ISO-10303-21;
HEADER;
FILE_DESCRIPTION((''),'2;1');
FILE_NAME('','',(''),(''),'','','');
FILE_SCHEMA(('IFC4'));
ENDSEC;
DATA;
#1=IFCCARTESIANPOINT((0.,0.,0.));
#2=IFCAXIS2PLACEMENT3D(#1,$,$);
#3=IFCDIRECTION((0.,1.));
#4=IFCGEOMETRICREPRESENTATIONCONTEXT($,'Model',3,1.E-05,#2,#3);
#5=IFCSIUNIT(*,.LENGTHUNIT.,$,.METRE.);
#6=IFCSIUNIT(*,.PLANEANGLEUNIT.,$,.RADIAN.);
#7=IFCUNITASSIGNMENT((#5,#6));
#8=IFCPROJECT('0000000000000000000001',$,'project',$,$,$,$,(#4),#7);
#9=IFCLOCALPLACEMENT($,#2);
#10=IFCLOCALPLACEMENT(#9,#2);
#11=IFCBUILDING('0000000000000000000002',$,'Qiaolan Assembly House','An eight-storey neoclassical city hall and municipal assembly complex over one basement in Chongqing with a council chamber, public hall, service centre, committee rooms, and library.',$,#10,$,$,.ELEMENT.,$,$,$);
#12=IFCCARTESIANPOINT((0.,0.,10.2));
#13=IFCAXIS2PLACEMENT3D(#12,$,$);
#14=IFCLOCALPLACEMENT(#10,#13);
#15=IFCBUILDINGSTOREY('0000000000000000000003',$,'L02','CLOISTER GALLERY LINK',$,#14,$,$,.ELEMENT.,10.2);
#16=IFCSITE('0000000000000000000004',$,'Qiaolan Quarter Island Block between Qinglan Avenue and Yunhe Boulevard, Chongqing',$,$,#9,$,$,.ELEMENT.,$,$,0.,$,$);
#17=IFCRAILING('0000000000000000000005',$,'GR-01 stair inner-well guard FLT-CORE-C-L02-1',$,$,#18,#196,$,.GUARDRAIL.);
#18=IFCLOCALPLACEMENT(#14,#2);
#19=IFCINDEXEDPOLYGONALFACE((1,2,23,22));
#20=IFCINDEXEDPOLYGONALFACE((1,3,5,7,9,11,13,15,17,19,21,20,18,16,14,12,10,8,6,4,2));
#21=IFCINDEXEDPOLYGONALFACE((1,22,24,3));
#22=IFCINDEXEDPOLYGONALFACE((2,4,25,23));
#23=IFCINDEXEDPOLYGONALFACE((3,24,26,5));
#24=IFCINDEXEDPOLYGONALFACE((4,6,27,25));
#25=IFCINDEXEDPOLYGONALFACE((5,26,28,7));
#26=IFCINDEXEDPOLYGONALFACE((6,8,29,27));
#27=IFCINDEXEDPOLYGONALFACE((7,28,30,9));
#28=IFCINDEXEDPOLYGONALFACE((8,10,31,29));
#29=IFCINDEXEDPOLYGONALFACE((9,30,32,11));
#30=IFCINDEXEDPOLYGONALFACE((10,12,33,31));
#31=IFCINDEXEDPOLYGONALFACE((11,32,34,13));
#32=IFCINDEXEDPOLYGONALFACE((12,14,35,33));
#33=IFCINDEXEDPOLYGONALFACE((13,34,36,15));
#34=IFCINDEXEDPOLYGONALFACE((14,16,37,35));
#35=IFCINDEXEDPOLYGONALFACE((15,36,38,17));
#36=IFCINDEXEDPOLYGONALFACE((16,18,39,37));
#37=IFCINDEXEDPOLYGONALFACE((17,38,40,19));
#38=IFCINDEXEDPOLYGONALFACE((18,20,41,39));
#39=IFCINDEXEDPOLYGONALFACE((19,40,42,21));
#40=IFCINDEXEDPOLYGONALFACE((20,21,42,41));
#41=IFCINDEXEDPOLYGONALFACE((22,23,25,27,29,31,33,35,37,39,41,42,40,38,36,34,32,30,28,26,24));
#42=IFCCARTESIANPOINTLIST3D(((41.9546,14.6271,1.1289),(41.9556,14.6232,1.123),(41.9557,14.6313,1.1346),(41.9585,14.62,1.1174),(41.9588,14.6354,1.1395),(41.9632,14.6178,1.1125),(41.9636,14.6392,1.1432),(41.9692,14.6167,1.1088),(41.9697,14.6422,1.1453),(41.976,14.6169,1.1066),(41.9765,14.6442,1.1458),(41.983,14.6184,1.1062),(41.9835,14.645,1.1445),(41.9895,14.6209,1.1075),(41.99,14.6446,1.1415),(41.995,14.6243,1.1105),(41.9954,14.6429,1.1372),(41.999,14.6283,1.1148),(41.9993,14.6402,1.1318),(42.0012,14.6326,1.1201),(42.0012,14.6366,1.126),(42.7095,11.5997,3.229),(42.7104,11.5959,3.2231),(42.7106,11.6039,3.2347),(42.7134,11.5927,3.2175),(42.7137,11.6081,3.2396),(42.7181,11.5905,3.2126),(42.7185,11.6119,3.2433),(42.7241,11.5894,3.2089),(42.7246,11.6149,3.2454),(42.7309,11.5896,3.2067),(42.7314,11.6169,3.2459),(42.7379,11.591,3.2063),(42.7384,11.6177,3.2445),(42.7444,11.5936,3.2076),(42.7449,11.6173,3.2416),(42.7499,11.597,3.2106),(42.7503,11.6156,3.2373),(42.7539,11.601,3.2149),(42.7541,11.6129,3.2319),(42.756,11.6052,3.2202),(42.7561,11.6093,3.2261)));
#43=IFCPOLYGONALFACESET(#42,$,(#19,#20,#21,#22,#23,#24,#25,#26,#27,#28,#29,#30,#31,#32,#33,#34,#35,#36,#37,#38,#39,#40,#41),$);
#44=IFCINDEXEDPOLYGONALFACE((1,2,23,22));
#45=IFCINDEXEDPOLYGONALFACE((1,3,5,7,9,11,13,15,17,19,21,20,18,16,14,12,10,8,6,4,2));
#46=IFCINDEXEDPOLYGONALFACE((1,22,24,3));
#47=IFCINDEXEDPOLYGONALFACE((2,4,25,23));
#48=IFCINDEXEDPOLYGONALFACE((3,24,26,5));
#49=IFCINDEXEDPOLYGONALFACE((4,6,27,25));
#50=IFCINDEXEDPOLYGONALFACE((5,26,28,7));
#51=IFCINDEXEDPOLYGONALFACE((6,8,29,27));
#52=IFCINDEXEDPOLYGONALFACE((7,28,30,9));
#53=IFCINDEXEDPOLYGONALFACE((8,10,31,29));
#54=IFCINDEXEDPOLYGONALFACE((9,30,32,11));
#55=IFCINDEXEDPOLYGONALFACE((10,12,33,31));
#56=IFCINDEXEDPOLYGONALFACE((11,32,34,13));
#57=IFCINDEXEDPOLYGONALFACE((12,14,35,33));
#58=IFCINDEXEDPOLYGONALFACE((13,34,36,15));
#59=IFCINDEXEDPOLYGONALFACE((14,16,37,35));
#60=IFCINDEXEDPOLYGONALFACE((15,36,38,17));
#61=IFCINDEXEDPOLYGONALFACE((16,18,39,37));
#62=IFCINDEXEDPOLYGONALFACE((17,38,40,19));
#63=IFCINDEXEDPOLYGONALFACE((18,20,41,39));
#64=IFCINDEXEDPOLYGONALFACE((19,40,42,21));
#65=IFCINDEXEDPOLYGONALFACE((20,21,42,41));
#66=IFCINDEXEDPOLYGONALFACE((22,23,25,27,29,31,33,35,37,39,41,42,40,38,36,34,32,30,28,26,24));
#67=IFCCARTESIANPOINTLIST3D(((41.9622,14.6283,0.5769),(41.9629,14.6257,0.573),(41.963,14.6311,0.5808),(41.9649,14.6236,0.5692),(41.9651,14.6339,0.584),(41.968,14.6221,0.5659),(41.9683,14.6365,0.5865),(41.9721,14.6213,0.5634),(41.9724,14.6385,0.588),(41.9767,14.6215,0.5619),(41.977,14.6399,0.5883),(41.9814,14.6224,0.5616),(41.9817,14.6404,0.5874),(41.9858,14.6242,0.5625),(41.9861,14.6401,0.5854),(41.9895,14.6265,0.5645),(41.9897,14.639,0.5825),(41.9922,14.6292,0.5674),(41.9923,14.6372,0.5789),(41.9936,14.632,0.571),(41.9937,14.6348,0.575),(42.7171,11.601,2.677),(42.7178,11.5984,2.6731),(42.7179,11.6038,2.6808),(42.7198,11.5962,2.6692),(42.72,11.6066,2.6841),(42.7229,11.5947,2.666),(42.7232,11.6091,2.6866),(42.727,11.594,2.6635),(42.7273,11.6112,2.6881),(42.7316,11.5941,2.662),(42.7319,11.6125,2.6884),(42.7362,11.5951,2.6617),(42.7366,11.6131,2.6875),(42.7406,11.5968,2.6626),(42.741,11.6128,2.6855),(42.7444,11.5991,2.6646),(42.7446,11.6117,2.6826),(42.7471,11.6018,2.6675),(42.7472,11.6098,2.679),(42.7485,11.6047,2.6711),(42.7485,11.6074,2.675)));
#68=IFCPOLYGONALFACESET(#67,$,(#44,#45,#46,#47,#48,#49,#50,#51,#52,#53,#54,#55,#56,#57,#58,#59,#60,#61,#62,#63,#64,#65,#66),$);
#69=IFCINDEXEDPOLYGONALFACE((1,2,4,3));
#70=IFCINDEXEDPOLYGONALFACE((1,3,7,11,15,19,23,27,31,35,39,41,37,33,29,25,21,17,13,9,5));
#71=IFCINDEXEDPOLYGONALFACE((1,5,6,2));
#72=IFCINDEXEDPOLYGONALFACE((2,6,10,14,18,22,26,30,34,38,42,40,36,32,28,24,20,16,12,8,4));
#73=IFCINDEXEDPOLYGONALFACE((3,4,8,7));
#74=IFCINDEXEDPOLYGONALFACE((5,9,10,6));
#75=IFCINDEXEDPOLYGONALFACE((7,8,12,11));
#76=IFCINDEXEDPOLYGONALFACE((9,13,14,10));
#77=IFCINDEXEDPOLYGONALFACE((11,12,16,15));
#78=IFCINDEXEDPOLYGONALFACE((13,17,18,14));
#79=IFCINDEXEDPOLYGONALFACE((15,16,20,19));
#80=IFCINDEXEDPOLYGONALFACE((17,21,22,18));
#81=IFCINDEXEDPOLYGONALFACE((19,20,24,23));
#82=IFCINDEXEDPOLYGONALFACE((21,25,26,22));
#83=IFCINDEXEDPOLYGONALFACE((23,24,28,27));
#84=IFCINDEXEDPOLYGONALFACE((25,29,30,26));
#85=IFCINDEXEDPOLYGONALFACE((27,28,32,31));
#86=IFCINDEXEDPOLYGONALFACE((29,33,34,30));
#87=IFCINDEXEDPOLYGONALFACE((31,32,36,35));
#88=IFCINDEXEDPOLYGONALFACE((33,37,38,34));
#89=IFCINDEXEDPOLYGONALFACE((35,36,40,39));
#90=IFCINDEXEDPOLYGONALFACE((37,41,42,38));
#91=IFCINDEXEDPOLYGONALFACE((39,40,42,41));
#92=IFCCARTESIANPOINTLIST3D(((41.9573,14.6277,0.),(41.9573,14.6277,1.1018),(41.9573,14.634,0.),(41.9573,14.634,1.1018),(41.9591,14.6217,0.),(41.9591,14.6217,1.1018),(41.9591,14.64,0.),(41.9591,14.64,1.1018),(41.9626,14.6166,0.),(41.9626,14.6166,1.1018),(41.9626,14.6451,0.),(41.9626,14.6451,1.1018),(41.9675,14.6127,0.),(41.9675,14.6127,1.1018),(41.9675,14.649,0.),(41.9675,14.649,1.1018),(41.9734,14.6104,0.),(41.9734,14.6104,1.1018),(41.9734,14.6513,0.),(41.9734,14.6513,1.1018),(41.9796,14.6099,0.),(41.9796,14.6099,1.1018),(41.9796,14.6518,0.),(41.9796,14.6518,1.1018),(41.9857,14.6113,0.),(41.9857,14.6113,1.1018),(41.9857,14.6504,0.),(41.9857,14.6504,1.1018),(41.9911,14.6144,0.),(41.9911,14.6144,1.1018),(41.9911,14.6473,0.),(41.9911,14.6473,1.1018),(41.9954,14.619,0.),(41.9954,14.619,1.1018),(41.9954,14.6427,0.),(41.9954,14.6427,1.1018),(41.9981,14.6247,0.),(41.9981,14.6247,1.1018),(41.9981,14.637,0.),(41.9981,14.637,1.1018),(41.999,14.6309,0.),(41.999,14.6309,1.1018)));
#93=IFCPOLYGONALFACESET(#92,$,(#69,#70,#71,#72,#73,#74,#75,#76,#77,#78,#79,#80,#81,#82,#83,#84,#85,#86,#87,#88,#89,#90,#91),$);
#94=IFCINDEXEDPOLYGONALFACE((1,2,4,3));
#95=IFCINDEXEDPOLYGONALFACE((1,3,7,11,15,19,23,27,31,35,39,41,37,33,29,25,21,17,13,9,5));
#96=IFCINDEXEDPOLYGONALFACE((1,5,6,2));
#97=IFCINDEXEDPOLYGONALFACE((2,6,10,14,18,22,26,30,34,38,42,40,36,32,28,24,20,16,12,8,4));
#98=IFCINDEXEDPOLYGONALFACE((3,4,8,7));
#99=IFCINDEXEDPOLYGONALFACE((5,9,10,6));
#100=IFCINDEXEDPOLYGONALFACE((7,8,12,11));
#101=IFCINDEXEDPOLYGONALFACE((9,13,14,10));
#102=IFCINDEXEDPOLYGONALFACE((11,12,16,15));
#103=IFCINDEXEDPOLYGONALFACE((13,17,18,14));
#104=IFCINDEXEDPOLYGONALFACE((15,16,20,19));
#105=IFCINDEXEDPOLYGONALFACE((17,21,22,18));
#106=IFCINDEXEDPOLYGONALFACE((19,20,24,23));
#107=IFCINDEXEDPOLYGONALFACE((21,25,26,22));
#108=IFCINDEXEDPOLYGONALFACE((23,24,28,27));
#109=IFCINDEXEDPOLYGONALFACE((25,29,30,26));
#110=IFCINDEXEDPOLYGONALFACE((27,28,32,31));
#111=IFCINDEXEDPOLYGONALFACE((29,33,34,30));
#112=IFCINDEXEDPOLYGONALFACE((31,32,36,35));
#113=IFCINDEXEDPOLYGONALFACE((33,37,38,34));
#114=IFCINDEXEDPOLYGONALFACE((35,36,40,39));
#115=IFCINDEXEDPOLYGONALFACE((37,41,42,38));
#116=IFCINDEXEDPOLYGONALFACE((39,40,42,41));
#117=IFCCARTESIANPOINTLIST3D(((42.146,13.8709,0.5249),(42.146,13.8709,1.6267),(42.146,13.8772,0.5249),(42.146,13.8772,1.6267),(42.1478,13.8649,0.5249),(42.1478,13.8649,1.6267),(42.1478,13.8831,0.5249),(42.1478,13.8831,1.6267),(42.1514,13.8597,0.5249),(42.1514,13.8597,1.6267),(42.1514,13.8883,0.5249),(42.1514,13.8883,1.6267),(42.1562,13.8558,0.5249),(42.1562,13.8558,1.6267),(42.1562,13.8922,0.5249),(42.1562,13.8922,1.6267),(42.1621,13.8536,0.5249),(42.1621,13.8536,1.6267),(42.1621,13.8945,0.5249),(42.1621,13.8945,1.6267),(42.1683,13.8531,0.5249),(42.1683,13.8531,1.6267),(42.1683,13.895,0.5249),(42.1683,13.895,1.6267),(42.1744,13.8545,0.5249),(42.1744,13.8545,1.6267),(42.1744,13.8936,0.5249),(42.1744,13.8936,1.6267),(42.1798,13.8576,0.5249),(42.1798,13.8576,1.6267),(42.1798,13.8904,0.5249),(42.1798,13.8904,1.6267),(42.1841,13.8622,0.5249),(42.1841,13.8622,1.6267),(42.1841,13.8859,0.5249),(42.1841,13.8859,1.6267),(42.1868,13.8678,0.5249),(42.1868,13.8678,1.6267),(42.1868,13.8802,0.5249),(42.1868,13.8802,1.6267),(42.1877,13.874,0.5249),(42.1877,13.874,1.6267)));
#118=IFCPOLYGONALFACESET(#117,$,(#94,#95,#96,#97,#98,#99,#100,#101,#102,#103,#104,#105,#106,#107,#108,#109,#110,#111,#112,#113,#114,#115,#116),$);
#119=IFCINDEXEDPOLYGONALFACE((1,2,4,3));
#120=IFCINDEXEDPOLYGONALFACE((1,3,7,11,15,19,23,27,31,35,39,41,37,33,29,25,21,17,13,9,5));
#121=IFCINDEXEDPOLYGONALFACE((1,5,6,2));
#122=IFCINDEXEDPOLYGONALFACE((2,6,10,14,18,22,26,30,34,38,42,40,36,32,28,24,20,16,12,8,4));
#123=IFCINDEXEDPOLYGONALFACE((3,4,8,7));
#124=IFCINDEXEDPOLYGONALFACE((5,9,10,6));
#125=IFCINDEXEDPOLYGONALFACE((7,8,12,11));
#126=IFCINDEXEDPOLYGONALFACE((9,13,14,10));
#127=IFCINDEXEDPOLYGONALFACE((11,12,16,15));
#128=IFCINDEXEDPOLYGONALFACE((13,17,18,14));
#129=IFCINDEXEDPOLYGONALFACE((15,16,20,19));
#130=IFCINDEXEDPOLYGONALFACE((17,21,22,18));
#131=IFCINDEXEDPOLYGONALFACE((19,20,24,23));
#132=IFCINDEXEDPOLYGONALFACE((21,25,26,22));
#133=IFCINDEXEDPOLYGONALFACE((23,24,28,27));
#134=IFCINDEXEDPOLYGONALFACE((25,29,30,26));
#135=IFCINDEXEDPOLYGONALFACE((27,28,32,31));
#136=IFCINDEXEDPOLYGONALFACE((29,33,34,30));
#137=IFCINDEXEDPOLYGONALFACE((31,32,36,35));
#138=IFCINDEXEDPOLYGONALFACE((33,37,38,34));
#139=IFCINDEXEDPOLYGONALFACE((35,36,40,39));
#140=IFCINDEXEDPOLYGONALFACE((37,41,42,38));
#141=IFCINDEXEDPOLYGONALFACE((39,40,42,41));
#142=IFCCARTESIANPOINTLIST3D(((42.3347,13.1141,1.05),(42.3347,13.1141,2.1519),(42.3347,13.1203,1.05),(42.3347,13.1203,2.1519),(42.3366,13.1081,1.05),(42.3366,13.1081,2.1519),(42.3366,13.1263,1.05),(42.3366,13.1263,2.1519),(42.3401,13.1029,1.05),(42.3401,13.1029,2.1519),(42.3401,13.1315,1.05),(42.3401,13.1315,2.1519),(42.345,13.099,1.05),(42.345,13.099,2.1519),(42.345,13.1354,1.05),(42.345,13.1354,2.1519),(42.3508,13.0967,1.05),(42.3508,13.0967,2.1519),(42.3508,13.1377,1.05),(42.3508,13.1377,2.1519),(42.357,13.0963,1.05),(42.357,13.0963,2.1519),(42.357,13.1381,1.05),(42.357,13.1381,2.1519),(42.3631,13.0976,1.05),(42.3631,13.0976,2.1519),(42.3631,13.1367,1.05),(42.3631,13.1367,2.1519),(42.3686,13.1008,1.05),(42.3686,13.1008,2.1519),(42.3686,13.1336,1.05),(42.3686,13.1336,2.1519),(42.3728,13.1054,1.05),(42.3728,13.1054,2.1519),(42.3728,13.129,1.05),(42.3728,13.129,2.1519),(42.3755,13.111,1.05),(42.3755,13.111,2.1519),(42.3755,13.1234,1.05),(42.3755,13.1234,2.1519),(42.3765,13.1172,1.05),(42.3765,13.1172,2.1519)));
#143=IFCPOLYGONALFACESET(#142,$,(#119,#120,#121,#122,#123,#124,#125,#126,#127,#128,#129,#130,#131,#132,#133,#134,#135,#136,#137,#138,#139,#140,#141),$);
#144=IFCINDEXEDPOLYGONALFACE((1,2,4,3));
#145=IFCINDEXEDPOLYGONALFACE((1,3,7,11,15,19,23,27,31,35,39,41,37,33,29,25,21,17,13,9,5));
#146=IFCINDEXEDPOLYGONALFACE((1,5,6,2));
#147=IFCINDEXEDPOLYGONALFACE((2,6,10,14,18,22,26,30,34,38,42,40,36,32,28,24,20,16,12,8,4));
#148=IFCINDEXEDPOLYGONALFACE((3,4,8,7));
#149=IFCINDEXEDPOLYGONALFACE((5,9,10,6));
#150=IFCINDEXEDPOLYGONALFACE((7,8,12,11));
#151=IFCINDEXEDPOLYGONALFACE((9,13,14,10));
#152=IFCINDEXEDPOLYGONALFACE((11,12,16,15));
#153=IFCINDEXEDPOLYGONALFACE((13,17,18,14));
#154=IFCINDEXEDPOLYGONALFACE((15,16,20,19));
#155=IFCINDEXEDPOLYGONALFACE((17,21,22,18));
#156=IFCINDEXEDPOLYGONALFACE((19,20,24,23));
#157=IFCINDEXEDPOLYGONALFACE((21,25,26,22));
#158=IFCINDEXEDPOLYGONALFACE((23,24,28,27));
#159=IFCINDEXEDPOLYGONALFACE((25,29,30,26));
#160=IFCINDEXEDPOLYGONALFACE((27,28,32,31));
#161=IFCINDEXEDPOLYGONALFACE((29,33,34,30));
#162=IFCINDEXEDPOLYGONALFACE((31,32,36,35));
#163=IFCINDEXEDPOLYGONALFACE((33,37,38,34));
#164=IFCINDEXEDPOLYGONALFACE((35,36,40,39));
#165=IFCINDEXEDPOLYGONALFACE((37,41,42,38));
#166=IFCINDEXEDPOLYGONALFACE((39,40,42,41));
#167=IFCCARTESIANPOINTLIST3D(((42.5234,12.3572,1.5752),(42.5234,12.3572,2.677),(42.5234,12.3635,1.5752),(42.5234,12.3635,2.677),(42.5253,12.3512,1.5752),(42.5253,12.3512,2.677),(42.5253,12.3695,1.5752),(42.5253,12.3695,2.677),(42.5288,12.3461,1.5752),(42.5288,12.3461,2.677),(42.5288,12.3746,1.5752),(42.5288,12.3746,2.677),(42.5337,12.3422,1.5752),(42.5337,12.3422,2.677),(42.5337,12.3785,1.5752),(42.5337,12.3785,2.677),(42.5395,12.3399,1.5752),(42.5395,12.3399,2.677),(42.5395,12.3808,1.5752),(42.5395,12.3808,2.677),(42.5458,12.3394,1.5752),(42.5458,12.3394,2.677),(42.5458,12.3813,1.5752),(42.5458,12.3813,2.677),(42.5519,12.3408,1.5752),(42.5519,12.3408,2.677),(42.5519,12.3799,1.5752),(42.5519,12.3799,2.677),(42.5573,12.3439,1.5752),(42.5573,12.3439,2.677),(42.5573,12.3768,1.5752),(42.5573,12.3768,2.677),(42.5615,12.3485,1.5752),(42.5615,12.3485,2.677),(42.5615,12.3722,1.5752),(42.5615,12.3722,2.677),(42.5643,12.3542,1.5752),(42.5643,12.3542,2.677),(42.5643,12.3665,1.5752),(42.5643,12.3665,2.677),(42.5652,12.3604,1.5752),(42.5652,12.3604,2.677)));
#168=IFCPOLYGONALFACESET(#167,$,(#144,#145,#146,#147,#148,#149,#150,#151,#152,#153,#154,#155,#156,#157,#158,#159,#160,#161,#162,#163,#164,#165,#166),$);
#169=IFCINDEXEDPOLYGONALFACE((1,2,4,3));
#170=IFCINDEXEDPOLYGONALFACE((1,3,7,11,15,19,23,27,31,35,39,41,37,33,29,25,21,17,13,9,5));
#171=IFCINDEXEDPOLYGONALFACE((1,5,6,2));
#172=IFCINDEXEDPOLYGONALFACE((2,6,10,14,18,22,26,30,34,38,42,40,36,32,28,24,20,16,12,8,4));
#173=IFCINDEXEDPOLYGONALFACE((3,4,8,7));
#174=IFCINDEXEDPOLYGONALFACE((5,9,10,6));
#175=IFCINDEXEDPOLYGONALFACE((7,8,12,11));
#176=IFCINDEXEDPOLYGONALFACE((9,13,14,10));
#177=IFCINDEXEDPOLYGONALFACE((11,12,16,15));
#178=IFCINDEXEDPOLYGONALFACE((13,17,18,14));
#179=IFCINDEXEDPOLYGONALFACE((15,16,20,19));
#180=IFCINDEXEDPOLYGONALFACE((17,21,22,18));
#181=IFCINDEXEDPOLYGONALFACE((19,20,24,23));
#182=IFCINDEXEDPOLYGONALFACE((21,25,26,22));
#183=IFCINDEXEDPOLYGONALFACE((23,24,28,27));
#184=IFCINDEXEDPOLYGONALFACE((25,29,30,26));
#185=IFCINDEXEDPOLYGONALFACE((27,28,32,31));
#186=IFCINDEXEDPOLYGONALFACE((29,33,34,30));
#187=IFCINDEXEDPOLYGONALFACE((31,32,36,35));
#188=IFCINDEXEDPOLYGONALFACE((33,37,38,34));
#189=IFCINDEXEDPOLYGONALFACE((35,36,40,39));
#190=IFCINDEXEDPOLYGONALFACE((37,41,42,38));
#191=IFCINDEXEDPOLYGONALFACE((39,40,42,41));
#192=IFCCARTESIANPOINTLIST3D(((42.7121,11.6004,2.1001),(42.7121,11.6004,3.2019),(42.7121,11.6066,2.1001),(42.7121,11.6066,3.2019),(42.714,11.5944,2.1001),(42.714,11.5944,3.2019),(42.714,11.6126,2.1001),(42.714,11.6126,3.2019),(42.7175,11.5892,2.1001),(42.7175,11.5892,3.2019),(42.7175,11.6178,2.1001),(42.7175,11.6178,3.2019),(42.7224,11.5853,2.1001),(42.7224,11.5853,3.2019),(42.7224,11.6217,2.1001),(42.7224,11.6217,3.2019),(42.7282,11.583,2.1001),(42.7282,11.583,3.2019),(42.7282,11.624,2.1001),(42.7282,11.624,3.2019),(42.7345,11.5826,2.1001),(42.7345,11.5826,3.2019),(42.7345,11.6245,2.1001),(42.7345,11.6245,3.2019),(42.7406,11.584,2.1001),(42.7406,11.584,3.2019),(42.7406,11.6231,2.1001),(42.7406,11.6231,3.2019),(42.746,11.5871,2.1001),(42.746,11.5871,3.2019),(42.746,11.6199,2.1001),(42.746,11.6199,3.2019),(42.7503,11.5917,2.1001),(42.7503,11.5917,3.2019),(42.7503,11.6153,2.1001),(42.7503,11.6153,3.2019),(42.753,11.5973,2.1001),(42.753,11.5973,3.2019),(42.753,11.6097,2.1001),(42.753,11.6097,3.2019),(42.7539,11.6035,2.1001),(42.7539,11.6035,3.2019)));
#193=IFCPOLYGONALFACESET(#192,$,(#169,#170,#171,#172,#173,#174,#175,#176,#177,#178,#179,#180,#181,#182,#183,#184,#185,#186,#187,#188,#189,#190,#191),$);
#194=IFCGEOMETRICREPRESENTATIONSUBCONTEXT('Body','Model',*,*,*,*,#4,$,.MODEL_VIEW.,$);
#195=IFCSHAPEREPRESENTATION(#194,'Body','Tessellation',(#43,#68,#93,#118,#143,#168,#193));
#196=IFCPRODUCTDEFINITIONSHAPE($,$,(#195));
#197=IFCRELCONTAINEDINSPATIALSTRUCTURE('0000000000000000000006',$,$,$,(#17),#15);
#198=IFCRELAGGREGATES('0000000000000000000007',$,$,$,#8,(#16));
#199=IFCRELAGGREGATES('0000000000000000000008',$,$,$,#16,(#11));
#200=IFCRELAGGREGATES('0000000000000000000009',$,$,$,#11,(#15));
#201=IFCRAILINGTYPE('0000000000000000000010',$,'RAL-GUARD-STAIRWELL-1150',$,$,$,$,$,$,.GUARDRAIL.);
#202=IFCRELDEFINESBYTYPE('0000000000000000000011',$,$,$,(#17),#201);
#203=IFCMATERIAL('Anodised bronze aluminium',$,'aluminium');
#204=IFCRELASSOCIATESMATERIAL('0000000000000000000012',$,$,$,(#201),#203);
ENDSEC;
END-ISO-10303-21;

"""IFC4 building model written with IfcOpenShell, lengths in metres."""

from ifc_helpers import new_model, si_unit, direction, frame, origin, origin_2d, place, context, subcontext, project, spatial, circle, extrude, material, type_object, element, save


model = new_model("IFC4")

# Units and contexts
model_context = context("Model", 3, precision=1e-05, world=origin(), true_north=direction((0.0, 1.0)))
body_context = subcontext(model_context, "Body", "Model", "MODEL_VIEW")
ifc_project = project(units=[si_unit("LENGTHUNIT", "METRE"), si_unit("PLANEANGLEUNIT", "RADIAN")], contexts=[model_context])

# Site, building, storey
site_placement = place(None, origin())
site = spatial("IfcSite", under=ifc_project, at=site_placement, Name="Qiaolan Quarter Island Block between Qinglan Avenue and Yunhe Boulevard, Chongqing", CompositionType="ELEMENT", RefElevation=0.0)
building_placement = place(site_placement, origin())
building = spatial("IfcBuilding", under=site, at=building_placement, Name="Qiaolan Assembly House", Description="An eight-storey neoclassical city hall and municipal assembly complex over one basement in Chongqing with a council chamber, public hall, service centre, committee rooms, and library.", CompositionType="ELEMENT")
storey_placement = place(building_placement, frame((0.0, 0.0, 10.2)))
storey = spatial("IfcBuildingStorey", under=building, at=storey_placement, Name="L02", Description="CLOISTER GALLERY LINK", CompositionType="ELEMENT", Elevation=10.2)

# Railing
ifc_material_1 = material(Name="Anodised bronze aluminium", Category="aluminium")
railing_type = type_object("IfcRailingType", Name="RAL-GUARD-STAIRWELL-1150", PredefinedType="GUARDRAIL", material=ifc_material_1)
railing_placement = place(storey_placement, frame((41.978, 14.6309, 0.0)))
element("IfcRailing", 1, at=railing_placement, inside=storey, type_object=railing_type, Name="GR-01 stair inner-well guard FLT-CORE-C-L02-1", PredefinedType="GUARDRAIL", context=body_context, shape_type="SweptSolid", body=[
    extrude(circle(Radius=0.0239, at=origin_2d()), frame((0.0, 0.0, 1.126), z_axis=(0.200714, -0.804932, 0.558389), x_axis=(0.97029, 0.241946, 0.0)), (0.0, 0.0, 1.0), 3.761),
    extrude(circle(Radius=0.0161, at=origin_2d()), frame((0.0, 0.0, 0.575), z_axis=(0.200714, -0.804932, 0.558389), x_axis=(0.97029, 0.241946, 0.0)), (0.0, 0.0, 1.0), 3.761),
    extrude(circle(Radius=0.021, at=origin_2d()), origin(), (0.0, 0.0, 1.0), 1.1018),
    extrude(circle(Radius=0.021, at=origin_2d()), frame((0.1887, -0.7568, 0.5249)), (0.0, 0.0, 1.0), 1.1018),
    extrude(circle(Radius=0.021, at=origin_2d()), frame((0.3774, -1.5137, 1.05)), (0.0, 0.0, 1.0), 1.1018),
    extrude(circle(Radius=0.021, at=origin_2d()), frame((0.5662, -2.2705, 1.5752)), (0.0, 0.0, 1.0), 1.1018),
    extrude(circle(Radius=0.021, at=origin_2d()), frame((0.7549, -3.0273, 2.1001)), (0.0, 0.0, 1.0), 1.1018),
])

save(model, "model.ifc")
